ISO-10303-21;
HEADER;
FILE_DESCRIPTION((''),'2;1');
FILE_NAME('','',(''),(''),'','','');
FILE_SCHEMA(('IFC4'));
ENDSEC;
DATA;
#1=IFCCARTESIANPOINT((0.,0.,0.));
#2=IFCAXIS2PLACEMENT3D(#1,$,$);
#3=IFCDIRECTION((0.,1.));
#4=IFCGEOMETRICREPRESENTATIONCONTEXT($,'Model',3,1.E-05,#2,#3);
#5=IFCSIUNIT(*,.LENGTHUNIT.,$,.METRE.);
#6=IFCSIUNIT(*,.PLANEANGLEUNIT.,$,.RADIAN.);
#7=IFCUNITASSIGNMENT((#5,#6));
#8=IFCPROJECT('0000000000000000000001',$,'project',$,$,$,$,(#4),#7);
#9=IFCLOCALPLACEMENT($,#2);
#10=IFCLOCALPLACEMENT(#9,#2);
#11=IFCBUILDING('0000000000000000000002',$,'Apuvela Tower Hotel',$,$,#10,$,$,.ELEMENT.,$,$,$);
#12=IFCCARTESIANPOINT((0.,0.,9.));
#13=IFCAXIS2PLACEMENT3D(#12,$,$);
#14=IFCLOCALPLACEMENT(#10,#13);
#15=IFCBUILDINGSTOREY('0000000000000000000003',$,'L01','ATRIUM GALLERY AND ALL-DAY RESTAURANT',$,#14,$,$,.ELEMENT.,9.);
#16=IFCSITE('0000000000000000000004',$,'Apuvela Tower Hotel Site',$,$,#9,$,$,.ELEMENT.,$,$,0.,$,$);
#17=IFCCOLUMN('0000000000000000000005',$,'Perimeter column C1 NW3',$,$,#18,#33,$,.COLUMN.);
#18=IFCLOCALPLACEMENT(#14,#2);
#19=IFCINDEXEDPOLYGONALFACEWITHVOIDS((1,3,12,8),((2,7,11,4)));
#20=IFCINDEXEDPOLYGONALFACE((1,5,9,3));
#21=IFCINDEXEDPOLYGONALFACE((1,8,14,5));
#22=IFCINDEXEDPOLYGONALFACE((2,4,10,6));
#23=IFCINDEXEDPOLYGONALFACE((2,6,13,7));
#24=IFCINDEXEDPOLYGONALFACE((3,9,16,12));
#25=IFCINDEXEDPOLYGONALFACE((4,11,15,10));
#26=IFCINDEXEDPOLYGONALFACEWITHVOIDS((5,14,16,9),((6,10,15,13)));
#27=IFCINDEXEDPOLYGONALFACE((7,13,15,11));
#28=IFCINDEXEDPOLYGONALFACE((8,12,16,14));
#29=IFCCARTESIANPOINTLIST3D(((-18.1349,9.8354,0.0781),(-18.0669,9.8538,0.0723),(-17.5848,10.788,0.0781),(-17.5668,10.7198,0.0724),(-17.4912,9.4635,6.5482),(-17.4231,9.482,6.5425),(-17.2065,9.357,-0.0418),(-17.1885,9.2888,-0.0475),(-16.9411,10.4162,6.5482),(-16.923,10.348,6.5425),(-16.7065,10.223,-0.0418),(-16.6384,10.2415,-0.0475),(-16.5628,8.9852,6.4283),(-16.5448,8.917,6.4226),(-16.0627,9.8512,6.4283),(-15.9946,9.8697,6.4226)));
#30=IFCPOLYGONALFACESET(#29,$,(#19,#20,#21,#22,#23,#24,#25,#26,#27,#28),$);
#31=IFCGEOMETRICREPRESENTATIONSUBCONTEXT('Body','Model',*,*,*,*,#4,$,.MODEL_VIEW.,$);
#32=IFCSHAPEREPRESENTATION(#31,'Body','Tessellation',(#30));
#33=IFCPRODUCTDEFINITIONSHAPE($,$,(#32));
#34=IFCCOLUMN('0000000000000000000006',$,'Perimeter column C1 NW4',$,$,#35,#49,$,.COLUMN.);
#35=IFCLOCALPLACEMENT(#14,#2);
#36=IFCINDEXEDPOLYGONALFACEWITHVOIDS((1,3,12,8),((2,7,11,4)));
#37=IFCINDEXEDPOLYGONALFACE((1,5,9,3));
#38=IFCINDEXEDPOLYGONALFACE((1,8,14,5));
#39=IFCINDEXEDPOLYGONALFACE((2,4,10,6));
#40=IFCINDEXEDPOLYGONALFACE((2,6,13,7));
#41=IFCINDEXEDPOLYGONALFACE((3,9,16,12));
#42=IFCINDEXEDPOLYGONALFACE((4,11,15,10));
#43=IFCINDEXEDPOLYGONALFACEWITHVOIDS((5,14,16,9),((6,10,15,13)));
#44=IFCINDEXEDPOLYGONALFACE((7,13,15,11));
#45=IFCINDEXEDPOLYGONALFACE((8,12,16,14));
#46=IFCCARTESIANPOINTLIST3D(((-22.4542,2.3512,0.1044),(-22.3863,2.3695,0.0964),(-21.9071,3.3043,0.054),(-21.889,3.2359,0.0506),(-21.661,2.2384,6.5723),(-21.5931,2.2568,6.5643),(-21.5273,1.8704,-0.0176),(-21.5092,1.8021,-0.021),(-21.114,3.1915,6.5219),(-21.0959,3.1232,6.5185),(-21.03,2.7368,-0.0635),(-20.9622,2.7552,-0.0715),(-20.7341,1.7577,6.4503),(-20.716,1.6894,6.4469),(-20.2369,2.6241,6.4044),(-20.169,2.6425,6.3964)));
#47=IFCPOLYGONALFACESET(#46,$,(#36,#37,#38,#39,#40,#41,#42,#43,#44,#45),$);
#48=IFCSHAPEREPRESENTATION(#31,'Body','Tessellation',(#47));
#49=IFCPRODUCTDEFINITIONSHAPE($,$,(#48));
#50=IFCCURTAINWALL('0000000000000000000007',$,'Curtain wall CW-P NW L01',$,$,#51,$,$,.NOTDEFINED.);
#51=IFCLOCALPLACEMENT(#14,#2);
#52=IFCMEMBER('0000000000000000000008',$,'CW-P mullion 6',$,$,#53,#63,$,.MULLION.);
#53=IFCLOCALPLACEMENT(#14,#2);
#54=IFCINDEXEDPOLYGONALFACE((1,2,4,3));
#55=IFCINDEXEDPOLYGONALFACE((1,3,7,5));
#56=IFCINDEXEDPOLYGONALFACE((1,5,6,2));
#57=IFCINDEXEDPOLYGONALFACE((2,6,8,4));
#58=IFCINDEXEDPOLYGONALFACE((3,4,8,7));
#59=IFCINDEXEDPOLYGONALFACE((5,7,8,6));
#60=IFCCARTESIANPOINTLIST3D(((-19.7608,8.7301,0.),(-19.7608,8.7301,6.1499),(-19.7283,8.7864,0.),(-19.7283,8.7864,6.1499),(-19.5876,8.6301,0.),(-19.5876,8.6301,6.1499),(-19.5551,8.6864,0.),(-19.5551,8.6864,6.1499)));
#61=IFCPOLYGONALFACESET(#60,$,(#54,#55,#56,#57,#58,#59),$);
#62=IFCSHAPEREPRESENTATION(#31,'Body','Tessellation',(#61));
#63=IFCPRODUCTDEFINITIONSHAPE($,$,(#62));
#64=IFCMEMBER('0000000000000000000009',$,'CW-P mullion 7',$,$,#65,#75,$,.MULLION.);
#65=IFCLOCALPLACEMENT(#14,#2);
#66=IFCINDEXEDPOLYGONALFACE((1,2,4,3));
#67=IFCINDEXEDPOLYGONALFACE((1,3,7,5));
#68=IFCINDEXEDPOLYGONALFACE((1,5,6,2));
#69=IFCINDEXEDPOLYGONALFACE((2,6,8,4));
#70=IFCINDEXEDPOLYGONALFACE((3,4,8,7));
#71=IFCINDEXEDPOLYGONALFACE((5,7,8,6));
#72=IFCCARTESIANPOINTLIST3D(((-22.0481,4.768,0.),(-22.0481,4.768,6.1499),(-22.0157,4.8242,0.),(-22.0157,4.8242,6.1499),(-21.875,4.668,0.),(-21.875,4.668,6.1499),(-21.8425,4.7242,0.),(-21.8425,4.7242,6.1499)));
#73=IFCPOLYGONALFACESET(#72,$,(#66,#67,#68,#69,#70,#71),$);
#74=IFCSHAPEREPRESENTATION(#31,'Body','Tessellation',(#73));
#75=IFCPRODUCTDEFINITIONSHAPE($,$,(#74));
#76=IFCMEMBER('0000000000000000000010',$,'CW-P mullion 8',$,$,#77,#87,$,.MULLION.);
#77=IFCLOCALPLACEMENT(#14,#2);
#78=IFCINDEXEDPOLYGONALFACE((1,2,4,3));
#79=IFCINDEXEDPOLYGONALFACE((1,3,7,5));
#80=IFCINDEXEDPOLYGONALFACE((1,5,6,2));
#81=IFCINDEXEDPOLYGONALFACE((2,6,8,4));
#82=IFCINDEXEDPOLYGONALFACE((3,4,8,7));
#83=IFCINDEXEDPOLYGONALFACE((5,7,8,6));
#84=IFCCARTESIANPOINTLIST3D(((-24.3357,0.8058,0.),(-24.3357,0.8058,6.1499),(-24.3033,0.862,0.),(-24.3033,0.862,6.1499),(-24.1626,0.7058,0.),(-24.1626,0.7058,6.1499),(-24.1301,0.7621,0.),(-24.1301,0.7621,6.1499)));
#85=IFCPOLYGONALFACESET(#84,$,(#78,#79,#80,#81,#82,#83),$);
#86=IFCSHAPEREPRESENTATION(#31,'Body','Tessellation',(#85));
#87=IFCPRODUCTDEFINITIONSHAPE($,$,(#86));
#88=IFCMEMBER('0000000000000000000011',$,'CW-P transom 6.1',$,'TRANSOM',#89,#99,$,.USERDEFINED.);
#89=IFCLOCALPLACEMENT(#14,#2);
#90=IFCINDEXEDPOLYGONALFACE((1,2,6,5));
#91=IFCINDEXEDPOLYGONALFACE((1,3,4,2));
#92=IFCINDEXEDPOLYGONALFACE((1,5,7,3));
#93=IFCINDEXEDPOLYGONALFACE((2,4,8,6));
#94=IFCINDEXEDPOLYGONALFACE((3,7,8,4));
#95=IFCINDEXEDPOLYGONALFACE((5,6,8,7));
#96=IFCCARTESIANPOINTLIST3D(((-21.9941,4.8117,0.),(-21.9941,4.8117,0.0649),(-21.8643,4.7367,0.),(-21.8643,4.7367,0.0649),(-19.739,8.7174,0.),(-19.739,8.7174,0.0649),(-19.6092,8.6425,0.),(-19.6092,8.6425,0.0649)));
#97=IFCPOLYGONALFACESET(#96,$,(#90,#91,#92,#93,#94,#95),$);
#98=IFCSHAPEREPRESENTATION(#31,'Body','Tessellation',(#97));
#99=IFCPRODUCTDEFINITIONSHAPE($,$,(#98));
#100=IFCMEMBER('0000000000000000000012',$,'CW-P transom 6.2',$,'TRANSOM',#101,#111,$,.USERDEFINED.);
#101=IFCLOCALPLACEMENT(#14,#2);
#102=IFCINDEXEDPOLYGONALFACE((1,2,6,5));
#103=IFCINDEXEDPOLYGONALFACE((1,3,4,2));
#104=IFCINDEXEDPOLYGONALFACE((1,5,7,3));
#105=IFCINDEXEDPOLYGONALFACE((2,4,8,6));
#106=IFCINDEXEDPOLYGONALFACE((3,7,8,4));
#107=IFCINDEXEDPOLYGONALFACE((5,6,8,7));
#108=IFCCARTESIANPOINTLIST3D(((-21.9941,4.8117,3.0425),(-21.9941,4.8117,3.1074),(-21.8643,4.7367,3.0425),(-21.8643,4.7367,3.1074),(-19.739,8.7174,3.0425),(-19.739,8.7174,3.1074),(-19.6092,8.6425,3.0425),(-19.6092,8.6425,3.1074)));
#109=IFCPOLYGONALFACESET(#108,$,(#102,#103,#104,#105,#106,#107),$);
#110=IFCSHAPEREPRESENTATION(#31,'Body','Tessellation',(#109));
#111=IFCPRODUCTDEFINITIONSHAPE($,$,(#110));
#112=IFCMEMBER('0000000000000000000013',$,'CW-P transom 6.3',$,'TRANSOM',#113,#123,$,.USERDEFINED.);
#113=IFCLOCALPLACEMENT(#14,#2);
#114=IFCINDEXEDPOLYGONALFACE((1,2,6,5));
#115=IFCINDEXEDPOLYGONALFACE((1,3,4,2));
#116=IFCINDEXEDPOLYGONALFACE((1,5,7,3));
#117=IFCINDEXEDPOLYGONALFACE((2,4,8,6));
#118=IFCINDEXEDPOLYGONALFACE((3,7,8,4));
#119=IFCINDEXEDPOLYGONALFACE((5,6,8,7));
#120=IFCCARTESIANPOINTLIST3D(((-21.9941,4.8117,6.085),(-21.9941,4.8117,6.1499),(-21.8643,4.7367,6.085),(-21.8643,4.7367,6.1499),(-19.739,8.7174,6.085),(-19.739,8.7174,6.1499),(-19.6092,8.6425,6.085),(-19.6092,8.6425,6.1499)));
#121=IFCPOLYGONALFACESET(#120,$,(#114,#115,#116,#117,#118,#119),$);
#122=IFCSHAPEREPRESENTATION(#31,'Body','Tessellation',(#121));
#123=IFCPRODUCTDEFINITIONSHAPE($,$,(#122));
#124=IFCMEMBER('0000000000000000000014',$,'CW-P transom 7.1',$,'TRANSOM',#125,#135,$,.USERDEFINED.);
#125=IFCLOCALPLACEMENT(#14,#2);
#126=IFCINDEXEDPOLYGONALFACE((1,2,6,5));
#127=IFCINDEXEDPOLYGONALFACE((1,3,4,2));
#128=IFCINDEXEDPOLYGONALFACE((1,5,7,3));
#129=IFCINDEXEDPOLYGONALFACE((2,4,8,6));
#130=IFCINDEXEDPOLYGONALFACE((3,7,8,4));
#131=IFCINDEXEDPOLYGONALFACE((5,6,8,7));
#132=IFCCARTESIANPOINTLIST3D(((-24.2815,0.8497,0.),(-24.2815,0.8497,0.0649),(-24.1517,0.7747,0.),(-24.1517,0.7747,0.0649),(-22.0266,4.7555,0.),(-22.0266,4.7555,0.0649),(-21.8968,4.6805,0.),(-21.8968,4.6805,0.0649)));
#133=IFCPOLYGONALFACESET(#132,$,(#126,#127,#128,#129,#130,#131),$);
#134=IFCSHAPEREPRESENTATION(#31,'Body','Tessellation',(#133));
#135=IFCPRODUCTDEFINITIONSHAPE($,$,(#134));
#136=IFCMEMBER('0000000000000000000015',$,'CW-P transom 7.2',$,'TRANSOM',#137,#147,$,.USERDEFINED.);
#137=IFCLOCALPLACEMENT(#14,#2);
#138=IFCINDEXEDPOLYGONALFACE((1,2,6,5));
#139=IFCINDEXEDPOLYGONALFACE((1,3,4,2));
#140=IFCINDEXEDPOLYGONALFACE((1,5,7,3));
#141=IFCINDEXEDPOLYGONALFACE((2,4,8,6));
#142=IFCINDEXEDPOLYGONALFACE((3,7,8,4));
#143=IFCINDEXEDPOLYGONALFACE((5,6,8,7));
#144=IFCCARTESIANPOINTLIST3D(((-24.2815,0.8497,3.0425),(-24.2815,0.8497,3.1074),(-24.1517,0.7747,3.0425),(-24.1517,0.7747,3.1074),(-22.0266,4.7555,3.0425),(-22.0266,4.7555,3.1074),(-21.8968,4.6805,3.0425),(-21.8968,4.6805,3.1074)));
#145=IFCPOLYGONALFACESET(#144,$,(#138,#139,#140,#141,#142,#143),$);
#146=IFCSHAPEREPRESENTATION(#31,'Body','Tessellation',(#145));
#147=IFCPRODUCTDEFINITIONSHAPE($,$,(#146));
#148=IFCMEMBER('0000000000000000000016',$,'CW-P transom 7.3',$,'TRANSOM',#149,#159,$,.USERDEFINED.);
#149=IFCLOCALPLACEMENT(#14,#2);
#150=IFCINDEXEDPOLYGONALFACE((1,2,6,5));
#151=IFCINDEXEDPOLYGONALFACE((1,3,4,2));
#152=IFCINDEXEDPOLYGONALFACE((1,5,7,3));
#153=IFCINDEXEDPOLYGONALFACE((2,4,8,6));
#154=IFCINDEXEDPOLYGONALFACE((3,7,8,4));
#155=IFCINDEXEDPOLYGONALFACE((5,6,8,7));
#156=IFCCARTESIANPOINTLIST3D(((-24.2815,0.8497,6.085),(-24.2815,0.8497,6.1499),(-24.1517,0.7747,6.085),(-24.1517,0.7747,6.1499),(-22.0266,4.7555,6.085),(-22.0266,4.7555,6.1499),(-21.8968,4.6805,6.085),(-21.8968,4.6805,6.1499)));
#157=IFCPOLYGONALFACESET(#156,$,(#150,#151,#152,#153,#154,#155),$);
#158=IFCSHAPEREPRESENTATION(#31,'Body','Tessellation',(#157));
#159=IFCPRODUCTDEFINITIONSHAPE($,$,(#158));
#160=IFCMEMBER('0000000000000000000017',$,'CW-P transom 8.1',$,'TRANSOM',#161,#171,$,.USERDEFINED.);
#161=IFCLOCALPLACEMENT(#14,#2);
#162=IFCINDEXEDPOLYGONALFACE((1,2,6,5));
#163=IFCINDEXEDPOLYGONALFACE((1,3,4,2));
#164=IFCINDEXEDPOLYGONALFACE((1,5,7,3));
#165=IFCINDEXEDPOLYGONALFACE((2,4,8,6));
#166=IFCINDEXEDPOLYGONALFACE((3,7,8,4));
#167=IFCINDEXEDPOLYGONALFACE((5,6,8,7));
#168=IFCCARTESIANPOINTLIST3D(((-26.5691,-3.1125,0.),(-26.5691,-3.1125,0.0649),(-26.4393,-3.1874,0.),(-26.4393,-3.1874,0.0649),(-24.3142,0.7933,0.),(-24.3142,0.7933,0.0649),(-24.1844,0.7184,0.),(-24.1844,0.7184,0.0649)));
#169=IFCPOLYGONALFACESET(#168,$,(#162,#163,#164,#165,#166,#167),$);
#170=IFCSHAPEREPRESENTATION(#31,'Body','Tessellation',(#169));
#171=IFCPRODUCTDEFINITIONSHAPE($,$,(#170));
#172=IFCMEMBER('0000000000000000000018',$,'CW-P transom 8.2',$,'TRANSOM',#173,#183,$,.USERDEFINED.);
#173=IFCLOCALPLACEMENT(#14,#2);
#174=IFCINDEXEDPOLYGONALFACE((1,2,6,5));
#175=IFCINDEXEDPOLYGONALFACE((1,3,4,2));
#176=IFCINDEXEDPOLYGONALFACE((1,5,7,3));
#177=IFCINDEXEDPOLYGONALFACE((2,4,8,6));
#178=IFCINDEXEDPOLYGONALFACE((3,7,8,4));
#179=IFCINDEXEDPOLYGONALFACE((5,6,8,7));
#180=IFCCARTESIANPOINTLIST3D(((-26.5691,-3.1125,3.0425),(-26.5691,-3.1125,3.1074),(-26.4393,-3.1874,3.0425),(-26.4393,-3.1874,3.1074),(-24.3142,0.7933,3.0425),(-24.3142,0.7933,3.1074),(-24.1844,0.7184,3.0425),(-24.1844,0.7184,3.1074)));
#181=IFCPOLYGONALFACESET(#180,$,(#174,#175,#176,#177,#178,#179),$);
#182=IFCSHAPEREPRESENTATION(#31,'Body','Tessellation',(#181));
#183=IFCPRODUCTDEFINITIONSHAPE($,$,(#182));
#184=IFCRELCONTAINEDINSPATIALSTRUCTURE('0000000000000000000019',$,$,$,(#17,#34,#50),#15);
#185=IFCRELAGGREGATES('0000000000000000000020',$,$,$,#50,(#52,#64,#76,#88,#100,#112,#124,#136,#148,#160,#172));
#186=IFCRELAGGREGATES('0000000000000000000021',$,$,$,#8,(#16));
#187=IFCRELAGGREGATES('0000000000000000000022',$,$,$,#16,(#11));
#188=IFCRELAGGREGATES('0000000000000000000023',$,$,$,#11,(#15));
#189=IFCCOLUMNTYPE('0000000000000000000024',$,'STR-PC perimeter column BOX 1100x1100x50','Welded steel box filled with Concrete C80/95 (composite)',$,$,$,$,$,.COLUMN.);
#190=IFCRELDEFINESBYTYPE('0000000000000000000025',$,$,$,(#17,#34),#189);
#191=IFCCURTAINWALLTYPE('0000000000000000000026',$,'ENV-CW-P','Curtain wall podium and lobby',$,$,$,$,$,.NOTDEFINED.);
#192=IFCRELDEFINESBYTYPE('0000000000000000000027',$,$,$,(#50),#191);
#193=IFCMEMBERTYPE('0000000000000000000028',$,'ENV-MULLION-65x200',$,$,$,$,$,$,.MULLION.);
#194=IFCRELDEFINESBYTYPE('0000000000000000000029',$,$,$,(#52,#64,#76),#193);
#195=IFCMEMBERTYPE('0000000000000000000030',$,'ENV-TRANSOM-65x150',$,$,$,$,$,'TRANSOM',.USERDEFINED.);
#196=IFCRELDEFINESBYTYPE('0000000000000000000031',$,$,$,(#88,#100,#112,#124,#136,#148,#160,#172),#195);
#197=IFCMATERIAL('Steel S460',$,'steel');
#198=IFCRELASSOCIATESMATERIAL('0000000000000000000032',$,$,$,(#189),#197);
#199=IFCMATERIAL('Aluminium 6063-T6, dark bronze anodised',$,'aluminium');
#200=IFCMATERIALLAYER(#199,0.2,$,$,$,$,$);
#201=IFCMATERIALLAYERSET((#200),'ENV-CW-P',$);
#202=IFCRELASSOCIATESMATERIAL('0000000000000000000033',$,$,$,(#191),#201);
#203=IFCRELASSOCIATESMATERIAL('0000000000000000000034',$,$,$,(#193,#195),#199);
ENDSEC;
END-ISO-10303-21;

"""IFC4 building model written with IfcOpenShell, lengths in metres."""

from ifc_helpers import new_model, si_unit, direction, frame, origin, origin_2d, place, context, subcontext, project, spatial, rectangle, hollow_rectangle, extrude, boolean, halfspace, material, layer, layer_set, material_profile, profile_set, type_object, element, aggregate, save


model = new_model("IFC4")

# Units and contexts
model_context = context("Model", 3, precision=1e-05, world=origin(), true_north=direction((0.0, 1.0)))
body_context = subcontext(model_context, "Body", "Model", "MODEL_VIEW")
ifc_project = project(units=[si_unit("LENGTHUNIT", "METRE"), si_unit("PLANEANGLEUNIT", "RADIAN")], contexts=[model_context])

# Site, building, storey
site_placement = place(None, origin())
site = spatial("IfcSite", under=ifc_project, at=site_placement, Name="Apuvela Tower Hotel Site", CompositionType="ELEMENT", RefElevation=0.0)
building_placement = place(site_placement, origin())
building = spatial("IfcBuilding", under=site, at=building_placement, Name="Apuvela Tower Hotel", CompositionType="ELEMENT")
storey_placement = place(building_placement, frame((0.0, 0.0, 9.0)))
storey = spatial("IfcBuildingStorey", under=building, at=storey_placement, Name="L01", Description="ATRIUM GALLERY AND ALL-DAY RESTAURANT", CompositionType="ELEMENT", Elevation=9.0)

# Columns
ifc_material_1 = material(Name="Steel S460", Category="steel")
ifc_material_profile_1 = material_profile(ifc_material_1, hollow_rectangle(XDim=1.1001, YDim=1.1001, WallThickness=0.05, at=origin_2d()), Name="BOX 1100x1100x50")
ifc_material_2 = material(Name="Concrete C80/95", Category="concrete")
ifc_material_profile_2 = material_profile(ifc_material_2, rectangle(XDim=1.0, YDim=1.0, at=origin_2d()), Name="Concrete C80/95 infill")
ifc_profile_set_1 = profile_set([ifc_material_profile_1, ifc_material_profile_2], Name="Steel S460")
column_type = type_object("IfcColumnType", Name="STR-PC perimeter column BOX 1100x1100x50", Description="Welded steel box filled with Concrete C80/95 (composite)", PredefinedType="COLUMN", material=ifc_profile_set_1)
column_1_placement = place(storey_placement, frame((-17.3882, 10.0393, 0.0), z_axis=(0.098846, -0.057091, 0.993464), x_axis=(0.500072, 0.865984, 0.00001)))
element("IfcColumn", 1, at=column_1_placement, inside=storey, type_object=column_type, Name="Perimeter column C1 NW3", PredefinedType="COLUMN", context=body_context, shape_type="SweptSolid", body=[
    boolean("DIFFERENCE", boolean("DIFFERENCE", extrude(hollow_rectangle(XDim=1.1001, YDim=1.1001, WallThickness=0.05, at=origin_2d()), origin(), (0.0, 0.0, 1.0), 6.5427), halfspace(frame((0.0, 0.0, 0.0154), z_axis=(0.0, 0.0, 1.0), x_axis=(1.0, 0.0, 0.0)), True)), halfspace(frame((0.0, 0.0, 6.5281), z_axis=(0.0, 0.0, 1.0), x_axis=(1.0, 0.0, 0.0)), False)),
])
column_2_placement = place(storey_placement, frame((-21.7102, 2.5535, 0.0), z_axis=(0.121704, -0.017296, 0.992416), x_axis=(-0.497293, -0.866368, 0.045886)))
element("IfcColumn", 2, at=column_2_placement, inside=storey, type_object=column_type, Name="Perimeter column C1 NW4", PredefinedType="COLUMN", context=body_context, shape_type="SweptSolid", body=[
    boolean("DIFFERENCE", boolean("DIFFERENCE", extrude(hollow_rectangle(XDim=1.1001, YDim=1.1001, WallThickness=0.05, at=origin_2d()), origin(), (0.0, 0.0, 1.0), 6.5496), halfspace(frame((0.0, 0.0, 0.0166), z_axis=(0.0, 0.0, 1.0), x_axis=(1.0, 0.0, 0.0)), True)), halfspace(frame((0.0, 0.0, 6.5339), z_axis=(0.0, 0.0, 1.0), x_axis=(1.0, 0.0, 0.0)), False)),
])

# Curtain wall, members
ifc_material_3 = material(Name="Aluminium 6063-T6, dark bronze anodised", Category="aluminium")
ifc_layer_1 = layer(ifc_material_3, 0.2)
ifc_layer_set_1 = layer_set([ifc_layer_1], Name="ENV-CW-P")
curtain_wall_type = type_object("IfcCurtainWallType", Name="ENV-CW-P", Description="Curtain wall podium and lobby", PredefinedType="NOTDEFINED", material=ifc_layer_set_1)
curtain_wall_placement = place(storey_placement, origin())
curtain_wall = element("IfcCurtainWall", 3, at=curtain_wall_placement, inside=storey, type_object=curtain_wall_type, Name="Curtain wall CW-P NW L01", PredefinedType="NOTDEFINED")
ifc_material_profile_3 = material_profile(ifc_material_3, rectangle(XDim=0.2, YDim=0.0649, at=origin_2d()), Name="AL 65x200")
ifc_profile_set_2 = profile_set([ifc_material_profile_3], Name="Aluminium 6063-T6, dark bronze anodised")
member_type_1 = type_object("IfcMemberType", Name="ENV-MULLION-65x200", PredefinedType="MULLION", material=ifc_profile_set_2)
member_1_placement = place(storey_placement, frame((-19.658, 8.7083, 0.0), z_axis=(0.0, 0.0, 1.0), x_axis=(0.866025, -0.5, 0.0)))
member_1 = element("IfcMember", 4, at=member_1_placement, type_object=member_type_1, Name="CW-P mullion 6", PredefinedType="MULLION", context=body_context, shape_type="SweptSolid", body=[
    extrude(rectangle(XDim=0.2, YDim=0.0649, at=origin_2d()), origin(), (0.0, 0.0, 1.0), 6.1499),
])
member_2_placement = place(storey_placement, frame((-21.9453, 4.7461, 0.0), z_axis=(0.0, 0.0, 1.0), x_axis=(0.866025, -0.5, 0.0)))
member_2 = element("IfcMember", 5, at=member_2_placement, type_object=member_type_1, Name="CW-P mullion 7", PredefinedType="MULLION", context=body_context, shape_type="SweptSolid", body=[
    extrude(rectangle(XDim=0.2, YDim=0.0649, at=origin_2d()), origin(), (0.0, 0.0, 1.0), 6.1499),
])
member_3_placement = place(storey_placement, frame((-24.2329, 0.7839, 0.0), z_axis=(0.0, 0.0, 1.0), x_axis=(0.866025, -0.5, 0.0)))
member_3 = element("IfcMember", 6, at=member_3_placement, type_object=member_type_1, Name="CW-P mullion 8", PredefinedType="MULLION", context=body_context, shape_type="SweptSolid", body=[
    extrude(rectangle(XDim=0.2, YDim=0.0649, at=origin_2d()), origin(), (0.0, 0.0, 1.0), 6.1499),
])
ifc_material_profile_4 = material_profile(ifc_material_3, rectangle(XDim=0.1499, YDim=0.0649, at=origin_2d()), Name="AL 65x150 transom")
ifc_profile_set_3 = profile_set([ifc_material_profile_4], Name="Aluminium 6063-T6, dark bronze anodised")
member_type_2 = type_object("IfcMemberType", Name="ENV-TRANSOM-65x150", ElementType="TRANSOM", PredefinedType="USERDEFINED", material=ifc_profile_set_3)
member_4_placement = place(storey_placement, frame((-19.6741, 8.6799, 0.0325), z_axis=(-0.500022, -0.866013, 0.0), x_axis=(0.866013, -0.500022, 0.0)))
member_4 = element("IfcMember", 7, at=member_4_placement, type_object=member_type_2, Name="CW-P transom 6.1", ObjectType="TRANSOM", PredefinedType="USERDEFINED", context=body_context, shape_type="SweptSolid", body=[
    extrude(rectangle(XDim=0.1499, YDim=0.0649, at=origin_2d()), origin(), (0.0, 0.0, 1.0), 4.51),
])
member_5_placement = place(storey_placement, frame((-19.6741, 8.6799, 3.075), z_axis=(-0.500022, -0.866013, 0.0), x_axis=(0.866013, -0.500022, 0.0)))
member_5 = element("IfcMember", 8, at=member_5_placement, type_object=member_type_2, Name="CW-P transom 6.2", ObjectType="TRANSOM", PredefinedType="USERDEFINED", context=body_context, shape_type="SweptSolid", body=[
    extrude(rectangle(XDim=0.1499, YDim=0.0649, at=origin_2d()), origin(), (0.0, 0.0, 1.0), 4.51),
])
member_6_placement = place(storey_placement, frame((-19.6741, 8.6799, 6.1174), z_axis=(-0.500022, -0.866013, 0.0), x_axis=(0.866013, -0.500022, 0.0)))
member_6 = element("IfcMember", 9, at=member_6_placement, type_object=member_type_2, Name="CW-P transom 6.3", ObjectType="TRANSOM", PredefinedType="USERDEFINED", context=body_context, shape_type="SweptSolid", body=[
    extrude(rectangle(XDim=0.1499, YDim=0.0649, at=origin_2d()), origin(), (0.0, 0.0, 1.0), 4.51),
])
member_7_placement = place(storey_placement, frame((-21.9617, 4.718, 0.0325), z_axis=(-0.499982, -0.866036, 0.0), x_axis=(0.866036, -0.499982, 0.0)))
member_7 = element("IfcMember", 10, at=member_7_placement, type_object=member_type_2, Name="CW-P transom 7.1", ObjectType="TRANSOM", PredefinedType="USERDEFINED", context=body_context, shape_type="SweptSolid", body=[
    extrude(rectangle(XDim=0.1499, YDim=0.0649, at=origin_2d()), origin(), (0.0, 0.0, 1.0), 4.51),
])
member_8_placement = place(storey_placement, frame((-21.9617, 4.718, 3.075), z_axis=(-0.499982, -0.866036, 0.0), x_axis=(0.866036, -0.499982, 0.0)))
member_8 = element("IfcMember", 11, at=member_8_placement, type_object=member_type_2, Name="CW-P transom 7.2", ObjectType="TRANSOM", PredefinedType="USERDEFINED", context=body_context, shape_type="SweptSolid", body=[
    extrude(rectangle(XDim=0.1499, YDim=0.0649, at=origin_2d()), origin(), (0.0, 0.0, 1.0), 4.51),
])
member_9_placement = place(storey_placement, frame((-21.9617, 4.718, 6.1174), z_axis=(-0.499982, -0.866036, 0.0), x_axis=(0.866036, -0.499982, 0.0)))
member_9 = element("IfcMember", 12, at=member_9_placement, type_object=member_type_2, Name="CW-P transom 7.3", ObjectType="TRANSOM", PredefinedType="USERDEFINED", context=body_context, shape_type="SweptSolid", body=[
    extrude(rectangle(XDim=0.1499, YDim=0.0649, at=origin_2d()), origin(), (0.0, 0.0, 1.0), 4.51),
])
member_10_placement = place(storey_placement, frame((-24.2493, 0.7559, 0.0325), z_axis=(-0.499982, -0.866036, 0.0), x_axis=(0.866036, -0.499982, 0.0)))
member_10 = element("IfcMember", 13, at=member_10_placement, type_object=member_type_2, Name="CW-P transom 8.1", ObjectType="TRANSOM", PredefinedType="USERDEFINED", context=body_context, shape_type="SweptSolid", body=[
    extrude(rectangle(XDim=0.1499, YDim=0.0649, at=origin_2d()), origin(), (0.0, 0.0, 1.0), 4.51),
])
member_11_placement = place(storey_placement, frame((-24.2493, 0.7559, 3.075), z_axis=(-0.499982, -0.866036, 0.0), x_axis=(0.866036, -0.499982, 0.0)))
member_11 = element("IfcMember", 14, at=member_11_placement, type_object=member_type_2, Name="CW-P transom 8.2", ObjectType="TRANSOM", PredefinedType="USERDEFINED", context=body_context, shape_type="SweptSolid", body=[
    extrude(rectangle(XDim=0.1499, YDim=0.0649, at=origin_2d()), origin(), (0.0, 0.0, 1.0), 4.51),
])

aggregate(curtain_wall, [member_1, member_2, member_3, member_4, member_5, member_6, member_7, member_8, member_9, member_10, member_11])

save(model, "model.ifc")
